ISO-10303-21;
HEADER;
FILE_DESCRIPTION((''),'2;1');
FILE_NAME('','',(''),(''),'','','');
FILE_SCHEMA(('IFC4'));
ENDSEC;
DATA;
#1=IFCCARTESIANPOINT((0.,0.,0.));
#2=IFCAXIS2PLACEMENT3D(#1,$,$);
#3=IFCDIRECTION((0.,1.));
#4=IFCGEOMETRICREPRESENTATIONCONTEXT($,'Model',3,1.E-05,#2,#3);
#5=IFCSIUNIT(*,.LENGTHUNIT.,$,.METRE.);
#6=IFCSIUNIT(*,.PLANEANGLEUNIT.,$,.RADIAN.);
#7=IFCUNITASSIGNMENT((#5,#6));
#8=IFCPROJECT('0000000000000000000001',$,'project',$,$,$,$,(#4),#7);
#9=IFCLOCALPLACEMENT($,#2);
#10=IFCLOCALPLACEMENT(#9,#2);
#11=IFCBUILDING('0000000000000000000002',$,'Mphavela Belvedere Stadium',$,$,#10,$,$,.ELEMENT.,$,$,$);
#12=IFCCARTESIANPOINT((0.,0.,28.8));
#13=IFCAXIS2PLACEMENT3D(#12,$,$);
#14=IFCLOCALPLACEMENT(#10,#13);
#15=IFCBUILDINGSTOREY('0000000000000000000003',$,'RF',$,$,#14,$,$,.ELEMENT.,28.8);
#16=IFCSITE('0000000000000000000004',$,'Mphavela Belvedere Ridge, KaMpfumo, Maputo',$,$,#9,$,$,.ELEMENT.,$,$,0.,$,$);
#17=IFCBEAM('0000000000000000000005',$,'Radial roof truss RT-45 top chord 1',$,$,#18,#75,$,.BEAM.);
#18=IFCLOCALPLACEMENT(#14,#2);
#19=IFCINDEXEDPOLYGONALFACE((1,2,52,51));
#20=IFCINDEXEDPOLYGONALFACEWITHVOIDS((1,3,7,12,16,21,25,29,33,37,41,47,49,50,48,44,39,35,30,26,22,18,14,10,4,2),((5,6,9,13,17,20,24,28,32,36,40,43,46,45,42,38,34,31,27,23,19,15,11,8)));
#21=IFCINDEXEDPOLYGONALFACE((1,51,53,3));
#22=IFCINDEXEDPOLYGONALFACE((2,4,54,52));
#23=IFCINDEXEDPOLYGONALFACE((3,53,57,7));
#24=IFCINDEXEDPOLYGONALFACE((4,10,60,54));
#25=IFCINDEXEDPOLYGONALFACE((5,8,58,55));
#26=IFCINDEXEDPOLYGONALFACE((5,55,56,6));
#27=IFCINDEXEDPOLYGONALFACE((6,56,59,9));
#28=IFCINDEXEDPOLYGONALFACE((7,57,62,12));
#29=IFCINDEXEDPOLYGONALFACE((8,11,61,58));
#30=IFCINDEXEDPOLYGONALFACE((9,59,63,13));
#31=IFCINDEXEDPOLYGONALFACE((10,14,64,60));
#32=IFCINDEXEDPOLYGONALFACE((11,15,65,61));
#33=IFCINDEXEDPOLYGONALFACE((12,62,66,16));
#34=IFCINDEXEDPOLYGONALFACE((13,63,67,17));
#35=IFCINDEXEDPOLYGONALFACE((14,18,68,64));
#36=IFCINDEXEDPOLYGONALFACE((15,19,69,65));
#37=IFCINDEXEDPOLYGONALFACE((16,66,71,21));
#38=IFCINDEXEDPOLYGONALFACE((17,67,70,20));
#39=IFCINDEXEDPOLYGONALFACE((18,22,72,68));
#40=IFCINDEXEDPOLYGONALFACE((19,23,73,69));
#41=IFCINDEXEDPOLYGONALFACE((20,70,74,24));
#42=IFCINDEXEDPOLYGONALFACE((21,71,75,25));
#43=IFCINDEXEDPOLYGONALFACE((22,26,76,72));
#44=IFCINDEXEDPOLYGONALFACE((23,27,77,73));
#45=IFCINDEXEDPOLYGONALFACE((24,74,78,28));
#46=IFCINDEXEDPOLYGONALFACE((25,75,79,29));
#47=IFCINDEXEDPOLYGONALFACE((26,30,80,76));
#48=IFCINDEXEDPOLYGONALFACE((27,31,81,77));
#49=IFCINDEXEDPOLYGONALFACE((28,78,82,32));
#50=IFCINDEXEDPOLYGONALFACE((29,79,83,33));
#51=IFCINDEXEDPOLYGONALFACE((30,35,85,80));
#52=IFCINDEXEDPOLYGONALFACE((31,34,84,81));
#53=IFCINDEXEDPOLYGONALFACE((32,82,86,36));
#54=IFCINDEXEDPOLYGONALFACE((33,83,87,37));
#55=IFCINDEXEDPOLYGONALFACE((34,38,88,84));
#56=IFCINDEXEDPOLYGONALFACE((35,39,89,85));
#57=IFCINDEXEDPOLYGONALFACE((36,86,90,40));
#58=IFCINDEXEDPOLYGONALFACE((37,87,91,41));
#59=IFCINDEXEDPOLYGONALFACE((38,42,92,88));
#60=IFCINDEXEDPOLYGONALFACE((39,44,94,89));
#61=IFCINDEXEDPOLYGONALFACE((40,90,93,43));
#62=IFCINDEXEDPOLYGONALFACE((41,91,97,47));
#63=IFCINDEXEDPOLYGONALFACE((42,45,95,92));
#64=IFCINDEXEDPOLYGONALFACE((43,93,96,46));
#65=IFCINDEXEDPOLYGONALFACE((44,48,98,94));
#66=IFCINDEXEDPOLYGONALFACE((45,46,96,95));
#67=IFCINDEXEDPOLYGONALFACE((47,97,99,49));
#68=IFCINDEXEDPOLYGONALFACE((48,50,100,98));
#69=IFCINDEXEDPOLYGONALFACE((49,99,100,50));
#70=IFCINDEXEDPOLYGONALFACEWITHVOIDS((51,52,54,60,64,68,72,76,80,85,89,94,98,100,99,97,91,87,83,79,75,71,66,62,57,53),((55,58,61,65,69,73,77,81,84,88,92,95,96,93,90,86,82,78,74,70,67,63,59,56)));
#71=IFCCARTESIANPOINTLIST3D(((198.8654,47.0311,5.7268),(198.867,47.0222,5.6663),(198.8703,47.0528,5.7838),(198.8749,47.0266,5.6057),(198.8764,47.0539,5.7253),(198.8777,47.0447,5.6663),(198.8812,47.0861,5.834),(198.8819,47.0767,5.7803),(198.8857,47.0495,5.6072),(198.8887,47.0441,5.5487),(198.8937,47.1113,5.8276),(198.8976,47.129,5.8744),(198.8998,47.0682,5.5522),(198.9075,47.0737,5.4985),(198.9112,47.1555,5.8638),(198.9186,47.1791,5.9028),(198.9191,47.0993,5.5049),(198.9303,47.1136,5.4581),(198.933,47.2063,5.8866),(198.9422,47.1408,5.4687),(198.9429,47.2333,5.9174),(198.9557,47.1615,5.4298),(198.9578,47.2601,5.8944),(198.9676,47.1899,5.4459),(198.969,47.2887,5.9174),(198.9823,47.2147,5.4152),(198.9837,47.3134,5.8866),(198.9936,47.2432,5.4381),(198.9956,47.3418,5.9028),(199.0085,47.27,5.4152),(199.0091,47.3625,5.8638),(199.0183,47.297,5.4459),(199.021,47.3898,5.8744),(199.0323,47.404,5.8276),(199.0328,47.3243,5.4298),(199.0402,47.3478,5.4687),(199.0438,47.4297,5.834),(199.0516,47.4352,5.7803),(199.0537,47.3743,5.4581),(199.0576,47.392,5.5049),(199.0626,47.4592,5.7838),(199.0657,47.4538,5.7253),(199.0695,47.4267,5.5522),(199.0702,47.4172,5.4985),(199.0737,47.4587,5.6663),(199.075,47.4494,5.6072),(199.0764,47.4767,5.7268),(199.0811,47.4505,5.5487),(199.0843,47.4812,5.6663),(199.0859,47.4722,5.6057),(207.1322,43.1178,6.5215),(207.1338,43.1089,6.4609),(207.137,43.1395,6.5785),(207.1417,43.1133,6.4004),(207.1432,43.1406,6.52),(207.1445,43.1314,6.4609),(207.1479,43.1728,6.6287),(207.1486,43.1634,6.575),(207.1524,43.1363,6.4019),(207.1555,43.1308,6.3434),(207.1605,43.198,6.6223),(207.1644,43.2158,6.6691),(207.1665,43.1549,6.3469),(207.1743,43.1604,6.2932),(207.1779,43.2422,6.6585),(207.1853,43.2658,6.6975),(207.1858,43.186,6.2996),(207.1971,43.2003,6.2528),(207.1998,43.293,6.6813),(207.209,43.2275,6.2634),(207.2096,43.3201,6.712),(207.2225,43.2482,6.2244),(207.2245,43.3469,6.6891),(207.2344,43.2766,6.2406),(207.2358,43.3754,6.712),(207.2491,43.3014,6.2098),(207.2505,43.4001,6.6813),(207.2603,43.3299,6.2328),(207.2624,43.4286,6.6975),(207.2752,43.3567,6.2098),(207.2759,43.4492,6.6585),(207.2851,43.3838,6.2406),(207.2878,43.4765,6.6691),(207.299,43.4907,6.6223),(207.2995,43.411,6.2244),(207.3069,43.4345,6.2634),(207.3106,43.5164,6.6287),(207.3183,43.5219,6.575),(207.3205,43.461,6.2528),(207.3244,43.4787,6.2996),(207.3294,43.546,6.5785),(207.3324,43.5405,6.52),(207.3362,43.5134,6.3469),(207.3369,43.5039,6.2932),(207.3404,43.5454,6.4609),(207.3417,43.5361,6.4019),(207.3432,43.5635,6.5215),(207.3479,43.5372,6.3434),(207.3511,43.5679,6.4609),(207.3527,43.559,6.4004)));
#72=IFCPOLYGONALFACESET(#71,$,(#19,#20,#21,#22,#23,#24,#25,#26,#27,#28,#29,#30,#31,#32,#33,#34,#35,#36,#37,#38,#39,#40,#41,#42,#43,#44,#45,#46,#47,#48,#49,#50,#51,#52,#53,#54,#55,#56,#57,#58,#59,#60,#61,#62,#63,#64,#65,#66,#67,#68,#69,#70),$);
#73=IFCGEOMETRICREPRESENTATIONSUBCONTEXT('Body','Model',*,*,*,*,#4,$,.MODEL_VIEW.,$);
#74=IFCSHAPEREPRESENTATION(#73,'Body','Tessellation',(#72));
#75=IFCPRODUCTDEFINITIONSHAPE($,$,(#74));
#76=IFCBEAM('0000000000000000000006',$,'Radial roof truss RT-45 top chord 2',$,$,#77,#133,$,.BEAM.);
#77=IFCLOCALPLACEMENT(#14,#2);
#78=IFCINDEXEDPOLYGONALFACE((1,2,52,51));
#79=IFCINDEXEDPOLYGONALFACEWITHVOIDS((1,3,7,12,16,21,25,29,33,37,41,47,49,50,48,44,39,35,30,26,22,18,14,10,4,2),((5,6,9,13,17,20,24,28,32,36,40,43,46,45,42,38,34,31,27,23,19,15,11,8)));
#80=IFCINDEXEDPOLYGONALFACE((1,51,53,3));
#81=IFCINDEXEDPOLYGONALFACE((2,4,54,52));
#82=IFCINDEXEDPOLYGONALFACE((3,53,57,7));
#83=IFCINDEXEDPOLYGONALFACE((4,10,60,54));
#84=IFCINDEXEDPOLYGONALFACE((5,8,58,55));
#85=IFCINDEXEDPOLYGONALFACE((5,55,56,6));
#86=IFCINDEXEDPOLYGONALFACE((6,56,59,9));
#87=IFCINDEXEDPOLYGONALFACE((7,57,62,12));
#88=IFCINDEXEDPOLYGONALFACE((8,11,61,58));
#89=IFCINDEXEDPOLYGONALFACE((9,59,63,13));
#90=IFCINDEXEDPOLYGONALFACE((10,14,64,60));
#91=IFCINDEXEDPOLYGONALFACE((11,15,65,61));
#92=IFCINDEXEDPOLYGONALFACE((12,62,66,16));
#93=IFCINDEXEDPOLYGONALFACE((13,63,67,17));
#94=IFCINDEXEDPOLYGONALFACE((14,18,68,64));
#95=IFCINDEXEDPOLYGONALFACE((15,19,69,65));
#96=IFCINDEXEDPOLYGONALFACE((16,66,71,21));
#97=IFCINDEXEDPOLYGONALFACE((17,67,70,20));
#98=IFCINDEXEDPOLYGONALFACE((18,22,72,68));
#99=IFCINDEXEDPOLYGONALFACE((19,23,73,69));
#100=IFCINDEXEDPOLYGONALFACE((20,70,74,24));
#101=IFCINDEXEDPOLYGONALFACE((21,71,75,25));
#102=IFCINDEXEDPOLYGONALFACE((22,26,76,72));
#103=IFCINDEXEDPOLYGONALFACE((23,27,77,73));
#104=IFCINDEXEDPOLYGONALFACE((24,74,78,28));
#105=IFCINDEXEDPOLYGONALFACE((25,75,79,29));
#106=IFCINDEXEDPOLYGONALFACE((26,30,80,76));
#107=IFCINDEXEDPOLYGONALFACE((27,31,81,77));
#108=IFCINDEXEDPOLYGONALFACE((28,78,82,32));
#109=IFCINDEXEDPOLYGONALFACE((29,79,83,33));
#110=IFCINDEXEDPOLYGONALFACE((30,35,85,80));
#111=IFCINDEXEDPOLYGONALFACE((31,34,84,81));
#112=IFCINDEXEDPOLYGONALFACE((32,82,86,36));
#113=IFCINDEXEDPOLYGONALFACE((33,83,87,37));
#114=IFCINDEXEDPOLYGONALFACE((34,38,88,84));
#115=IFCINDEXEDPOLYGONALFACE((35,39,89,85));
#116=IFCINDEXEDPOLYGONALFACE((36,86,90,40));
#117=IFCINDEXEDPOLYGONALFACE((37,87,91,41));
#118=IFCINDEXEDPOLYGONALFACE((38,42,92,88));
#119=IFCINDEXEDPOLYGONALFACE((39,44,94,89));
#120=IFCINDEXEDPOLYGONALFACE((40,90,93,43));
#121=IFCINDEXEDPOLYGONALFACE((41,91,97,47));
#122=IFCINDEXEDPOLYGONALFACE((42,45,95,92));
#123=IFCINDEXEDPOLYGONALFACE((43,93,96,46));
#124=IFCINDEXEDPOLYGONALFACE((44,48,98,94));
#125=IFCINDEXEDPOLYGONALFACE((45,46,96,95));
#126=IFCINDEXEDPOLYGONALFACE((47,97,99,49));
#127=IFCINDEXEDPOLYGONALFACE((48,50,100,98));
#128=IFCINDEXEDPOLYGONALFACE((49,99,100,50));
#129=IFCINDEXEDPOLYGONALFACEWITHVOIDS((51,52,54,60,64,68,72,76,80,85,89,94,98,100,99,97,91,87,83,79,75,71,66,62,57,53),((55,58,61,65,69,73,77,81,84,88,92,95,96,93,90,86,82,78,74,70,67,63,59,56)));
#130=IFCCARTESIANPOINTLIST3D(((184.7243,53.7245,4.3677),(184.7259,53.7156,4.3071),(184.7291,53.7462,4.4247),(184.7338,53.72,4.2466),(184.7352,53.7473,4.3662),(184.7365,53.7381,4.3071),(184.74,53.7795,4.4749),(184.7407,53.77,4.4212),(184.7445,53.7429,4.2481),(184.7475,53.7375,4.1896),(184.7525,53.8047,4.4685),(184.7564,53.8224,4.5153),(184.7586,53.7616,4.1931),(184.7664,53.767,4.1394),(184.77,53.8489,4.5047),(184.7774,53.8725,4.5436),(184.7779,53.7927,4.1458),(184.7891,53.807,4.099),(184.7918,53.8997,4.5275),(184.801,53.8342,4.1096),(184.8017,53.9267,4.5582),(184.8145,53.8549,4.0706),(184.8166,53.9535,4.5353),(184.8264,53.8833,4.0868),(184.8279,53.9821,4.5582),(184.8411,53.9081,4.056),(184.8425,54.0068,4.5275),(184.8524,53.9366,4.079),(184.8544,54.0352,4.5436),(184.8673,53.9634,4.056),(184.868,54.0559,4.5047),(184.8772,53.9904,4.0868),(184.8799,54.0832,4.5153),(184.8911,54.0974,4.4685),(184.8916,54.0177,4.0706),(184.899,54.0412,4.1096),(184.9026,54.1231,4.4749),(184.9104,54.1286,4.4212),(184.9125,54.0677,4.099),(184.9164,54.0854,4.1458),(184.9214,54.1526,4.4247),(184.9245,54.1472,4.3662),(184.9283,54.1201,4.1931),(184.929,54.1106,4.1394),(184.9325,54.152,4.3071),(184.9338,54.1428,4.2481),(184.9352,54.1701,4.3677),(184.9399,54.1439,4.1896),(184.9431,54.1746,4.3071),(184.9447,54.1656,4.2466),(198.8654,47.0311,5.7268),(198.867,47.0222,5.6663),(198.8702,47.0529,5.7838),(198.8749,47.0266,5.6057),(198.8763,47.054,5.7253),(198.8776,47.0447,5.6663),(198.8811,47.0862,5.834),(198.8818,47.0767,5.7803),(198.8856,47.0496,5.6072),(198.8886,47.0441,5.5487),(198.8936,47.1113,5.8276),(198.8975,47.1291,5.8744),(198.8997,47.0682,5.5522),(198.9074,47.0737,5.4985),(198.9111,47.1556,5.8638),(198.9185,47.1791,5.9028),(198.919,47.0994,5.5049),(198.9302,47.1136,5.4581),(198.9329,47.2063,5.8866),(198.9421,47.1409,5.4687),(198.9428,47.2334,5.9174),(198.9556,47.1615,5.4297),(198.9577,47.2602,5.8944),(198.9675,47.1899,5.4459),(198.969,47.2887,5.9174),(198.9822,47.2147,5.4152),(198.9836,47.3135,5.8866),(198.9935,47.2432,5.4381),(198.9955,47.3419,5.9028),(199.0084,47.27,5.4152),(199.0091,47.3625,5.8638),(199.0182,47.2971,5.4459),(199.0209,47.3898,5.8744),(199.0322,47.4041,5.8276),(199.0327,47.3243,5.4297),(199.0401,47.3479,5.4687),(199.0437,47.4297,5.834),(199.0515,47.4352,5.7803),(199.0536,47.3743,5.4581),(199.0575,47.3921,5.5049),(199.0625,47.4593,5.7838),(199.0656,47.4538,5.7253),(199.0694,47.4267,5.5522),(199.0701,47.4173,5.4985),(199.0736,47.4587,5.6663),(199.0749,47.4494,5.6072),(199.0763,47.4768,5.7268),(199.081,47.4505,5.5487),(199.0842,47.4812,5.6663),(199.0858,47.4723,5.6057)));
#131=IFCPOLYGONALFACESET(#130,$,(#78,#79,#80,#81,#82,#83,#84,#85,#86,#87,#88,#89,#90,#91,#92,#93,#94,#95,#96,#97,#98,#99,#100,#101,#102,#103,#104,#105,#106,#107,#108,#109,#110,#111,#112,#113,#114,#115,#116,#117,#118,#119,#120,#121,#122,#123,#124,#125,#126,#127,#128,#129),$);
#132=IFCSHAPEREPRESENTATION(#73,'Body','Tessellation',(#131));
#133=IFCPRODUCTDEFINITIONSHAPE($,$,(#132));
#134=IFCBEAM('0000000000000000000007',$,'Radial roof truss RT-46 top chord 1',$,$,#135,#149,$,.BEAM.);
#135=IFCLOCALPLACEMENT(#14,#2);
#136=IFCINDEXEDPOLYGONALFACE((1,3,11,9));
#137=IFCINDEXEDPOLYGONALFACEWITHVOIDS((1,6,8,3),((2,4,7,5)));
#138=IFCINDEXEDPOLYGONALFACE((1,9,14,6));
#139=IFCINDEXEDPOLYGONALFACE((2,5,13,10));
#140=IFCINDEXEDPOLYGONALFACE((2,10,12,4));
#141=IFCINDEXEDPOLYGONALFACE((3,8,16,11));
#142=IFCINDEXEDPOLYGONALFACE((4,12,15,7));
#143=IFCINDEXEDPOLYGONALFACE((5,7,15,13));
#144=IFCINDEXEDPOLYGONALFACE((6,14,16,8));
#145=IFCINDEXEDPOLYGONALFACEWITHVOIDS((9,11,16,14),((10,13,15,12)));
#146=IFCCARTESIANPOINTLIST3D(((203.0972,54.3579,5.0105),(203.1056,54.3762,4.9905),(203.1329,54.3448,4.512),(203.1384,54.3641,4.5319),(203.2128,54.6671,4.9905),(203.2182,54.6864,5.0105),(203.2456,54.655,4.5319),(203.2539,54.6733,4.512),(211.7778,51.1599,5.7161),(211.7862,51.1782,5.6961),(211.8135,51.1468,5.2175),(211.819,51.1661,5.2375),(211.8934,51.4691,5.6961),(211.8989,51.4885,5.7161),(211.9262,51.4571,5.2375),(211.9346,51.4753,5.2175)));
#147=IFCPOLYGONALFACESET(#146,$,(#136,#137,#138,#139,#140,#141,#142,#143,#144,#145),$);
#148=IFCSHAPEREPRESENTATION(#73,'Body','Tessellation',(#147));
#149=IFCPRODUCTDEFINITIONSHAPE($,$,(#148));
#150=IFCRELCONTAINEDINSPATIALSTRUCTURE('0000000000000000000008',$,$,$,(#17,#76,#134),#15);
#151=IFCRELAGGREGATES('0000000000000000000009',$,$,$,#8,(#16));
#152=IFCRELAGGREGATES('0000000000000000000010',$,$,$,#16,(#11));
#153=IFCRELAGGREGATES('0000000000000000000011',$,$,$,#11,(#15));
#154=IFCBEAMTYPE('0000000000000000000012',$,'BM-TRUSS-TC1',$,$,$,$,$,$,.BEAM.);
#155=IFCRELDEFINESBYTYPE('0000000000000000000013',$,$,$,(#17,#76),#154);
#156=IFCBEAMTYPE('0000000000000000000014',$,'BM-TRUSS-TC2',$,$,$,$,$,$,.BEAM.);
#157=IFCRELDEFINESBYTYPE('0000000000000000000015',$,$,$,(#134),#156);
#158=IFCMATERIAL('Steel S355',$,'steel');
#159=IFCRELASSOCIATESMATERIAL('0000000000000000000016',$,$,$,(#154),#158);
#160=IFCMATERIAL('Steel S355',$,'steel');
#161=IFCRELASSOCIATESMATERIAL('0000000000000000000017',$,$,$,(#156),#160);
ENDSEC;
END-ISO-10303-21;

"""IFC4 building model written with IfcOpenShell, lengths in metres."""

from ifc_helpers import new_model, si_unit, direction, frame, origin, origin_2d, place, context, subcontext, project, spatial, hollow_rectangle, hollow_circle, extrude, material, material_profile, profile_set, type_object, element, save


model = new_model("IFC4")

# Units and contexts
model_context = context("Model", 3, precision=1e-05, world=origin(), true_north=direction((0.0, 1.0)))
body_context = subcontext(model_context, "Body", "Model", "MODEL_VIEW")
ifc_project = project(units=[si_unit("LENGTHUNIT", "METRE"), si_unit("PLANEANGLEUNIT", "RADIAN")], contexts=[model_context])

# Site, building, storey
site_placement = place(None, origin())
site = spatial("IfcSite", under=ifc_project, at=site_placement, Name="Mphavela Belvedere Ridge, KaMpfumo, Maputo", CompositionType="ELEMENT", RefElevation=0.0)
building_placement = place(site_placement, origin())
building = spatial("IfcBuilding", under=site, at=building_placement, Name="Mphavela Belvedere Stadium", CompositionType="ELEMENT")
storey_placement = place(building_placement, frame((0.0, 0.0, 28.8)))
storey = spatial("IfcBuildingStorey", under=building, at=storey_placement, Name="RF", CompositionType="ELEMENT", Elevation=28.8)

# Beams
ifc_material_1 = material(Name="Steel S355", Category="steel")
ifc_material_profile_1 = material_profile(ifc_material_1, hollow_circle(Radius=0.2539, WallThickness=0.0249, at=origin_2d()), Name="CHS 508x25")
ifc_profile_set_1 = profile_set([ifc_material_profile_1], Name="Steel S355")
beam_type_1 = type_object("IfcBeamType", Name="BM-TRUSS-TC1", PredefinedType="BEAM", material=ifc_profile_set_1)
beam_1_placement = place(storey_placement, frame((207.2424, 43.3384, 6.4609), z_axis=(-0.900453, 0.426253, -0.086559), x_axis=(-0.427859, -0.903845, 0.0)))
element("IfcBeam", 1, at=beam_1_placement, inside=storey, type_object=beam_type_1, Name="Radial roof truss RT-45 top chord 1", PredefinedType="BEAM", context=body_context, shape_type="SweptSolid", body=[
    extrude(hollow_circle(Radius=0.2539, WallThickness=0.0249, at=origin_2d()), origin(), (0.0, 0.0, 1.0), 9.1807),
])
beam_2_placement = place(storey_placement, frame((198.9756, 47.2517, 5.6663), z_axis=(-0.900472, 0.426217, -0.086546), x_axis=(-0.427822, -0.903863, 0.0)))
element("IfcBeam", 2, at=beam_2_placement, inside=storey, type_object=beam_type_1, Name="Radial roof truss RT-45 top chord 2", PredefinedType="BEAM", context=body_context, shape_type="SweptSolid", body=[
    extrude(hollow_circle(Radius=0.2539, WallThickness=0.0249, at=origin_2d()), origin(), (0.0, 0.0, 1.0), 15.7041),
])
ifc_material_2 = material(Name="Steel S355", Category="steel")
ifc_material_profile_2 = material_profile(ifc_material_2, hollow_rectangle(XDim=0.3501, YDim=0.5, WallThickness=0.02, at=origin_2d()), Name="RHS 500x350x20")
ifc_profile_set_2 = profile_set([ifc_material_profile_2], Name="Steel S355")
beam_type_2 = type_object("IfcBeamType", Name="BM-TRUSS-TC2", PredefinedType="BEAM", material=ifc_profile_set_2)
beam_3_placement = place(storey_placement, frame((211.8562, 51.3176, 5.4668), z_axis=(-0.935631, 0.344691, -0.076048), x_axis=(-0.345692, -0.938348, 0.0)))
element("IfcBeam", 3, at=beam_3_placement, inside=storey, type_object=beam_type_2, Name="Radial roof truss RT-46 top chord 1", PredefinedType="BEAM", context=body_context, shape_type="SweptSolid", body=[
    extrude(hollow_rectangle(XDim=0.3501, YDim=0.5, WallThickness=0.02, at=origin_2d()), origin(), (0.0, 0.0, 1.0), 9.2778),
])

save(model, "model.ifc")
